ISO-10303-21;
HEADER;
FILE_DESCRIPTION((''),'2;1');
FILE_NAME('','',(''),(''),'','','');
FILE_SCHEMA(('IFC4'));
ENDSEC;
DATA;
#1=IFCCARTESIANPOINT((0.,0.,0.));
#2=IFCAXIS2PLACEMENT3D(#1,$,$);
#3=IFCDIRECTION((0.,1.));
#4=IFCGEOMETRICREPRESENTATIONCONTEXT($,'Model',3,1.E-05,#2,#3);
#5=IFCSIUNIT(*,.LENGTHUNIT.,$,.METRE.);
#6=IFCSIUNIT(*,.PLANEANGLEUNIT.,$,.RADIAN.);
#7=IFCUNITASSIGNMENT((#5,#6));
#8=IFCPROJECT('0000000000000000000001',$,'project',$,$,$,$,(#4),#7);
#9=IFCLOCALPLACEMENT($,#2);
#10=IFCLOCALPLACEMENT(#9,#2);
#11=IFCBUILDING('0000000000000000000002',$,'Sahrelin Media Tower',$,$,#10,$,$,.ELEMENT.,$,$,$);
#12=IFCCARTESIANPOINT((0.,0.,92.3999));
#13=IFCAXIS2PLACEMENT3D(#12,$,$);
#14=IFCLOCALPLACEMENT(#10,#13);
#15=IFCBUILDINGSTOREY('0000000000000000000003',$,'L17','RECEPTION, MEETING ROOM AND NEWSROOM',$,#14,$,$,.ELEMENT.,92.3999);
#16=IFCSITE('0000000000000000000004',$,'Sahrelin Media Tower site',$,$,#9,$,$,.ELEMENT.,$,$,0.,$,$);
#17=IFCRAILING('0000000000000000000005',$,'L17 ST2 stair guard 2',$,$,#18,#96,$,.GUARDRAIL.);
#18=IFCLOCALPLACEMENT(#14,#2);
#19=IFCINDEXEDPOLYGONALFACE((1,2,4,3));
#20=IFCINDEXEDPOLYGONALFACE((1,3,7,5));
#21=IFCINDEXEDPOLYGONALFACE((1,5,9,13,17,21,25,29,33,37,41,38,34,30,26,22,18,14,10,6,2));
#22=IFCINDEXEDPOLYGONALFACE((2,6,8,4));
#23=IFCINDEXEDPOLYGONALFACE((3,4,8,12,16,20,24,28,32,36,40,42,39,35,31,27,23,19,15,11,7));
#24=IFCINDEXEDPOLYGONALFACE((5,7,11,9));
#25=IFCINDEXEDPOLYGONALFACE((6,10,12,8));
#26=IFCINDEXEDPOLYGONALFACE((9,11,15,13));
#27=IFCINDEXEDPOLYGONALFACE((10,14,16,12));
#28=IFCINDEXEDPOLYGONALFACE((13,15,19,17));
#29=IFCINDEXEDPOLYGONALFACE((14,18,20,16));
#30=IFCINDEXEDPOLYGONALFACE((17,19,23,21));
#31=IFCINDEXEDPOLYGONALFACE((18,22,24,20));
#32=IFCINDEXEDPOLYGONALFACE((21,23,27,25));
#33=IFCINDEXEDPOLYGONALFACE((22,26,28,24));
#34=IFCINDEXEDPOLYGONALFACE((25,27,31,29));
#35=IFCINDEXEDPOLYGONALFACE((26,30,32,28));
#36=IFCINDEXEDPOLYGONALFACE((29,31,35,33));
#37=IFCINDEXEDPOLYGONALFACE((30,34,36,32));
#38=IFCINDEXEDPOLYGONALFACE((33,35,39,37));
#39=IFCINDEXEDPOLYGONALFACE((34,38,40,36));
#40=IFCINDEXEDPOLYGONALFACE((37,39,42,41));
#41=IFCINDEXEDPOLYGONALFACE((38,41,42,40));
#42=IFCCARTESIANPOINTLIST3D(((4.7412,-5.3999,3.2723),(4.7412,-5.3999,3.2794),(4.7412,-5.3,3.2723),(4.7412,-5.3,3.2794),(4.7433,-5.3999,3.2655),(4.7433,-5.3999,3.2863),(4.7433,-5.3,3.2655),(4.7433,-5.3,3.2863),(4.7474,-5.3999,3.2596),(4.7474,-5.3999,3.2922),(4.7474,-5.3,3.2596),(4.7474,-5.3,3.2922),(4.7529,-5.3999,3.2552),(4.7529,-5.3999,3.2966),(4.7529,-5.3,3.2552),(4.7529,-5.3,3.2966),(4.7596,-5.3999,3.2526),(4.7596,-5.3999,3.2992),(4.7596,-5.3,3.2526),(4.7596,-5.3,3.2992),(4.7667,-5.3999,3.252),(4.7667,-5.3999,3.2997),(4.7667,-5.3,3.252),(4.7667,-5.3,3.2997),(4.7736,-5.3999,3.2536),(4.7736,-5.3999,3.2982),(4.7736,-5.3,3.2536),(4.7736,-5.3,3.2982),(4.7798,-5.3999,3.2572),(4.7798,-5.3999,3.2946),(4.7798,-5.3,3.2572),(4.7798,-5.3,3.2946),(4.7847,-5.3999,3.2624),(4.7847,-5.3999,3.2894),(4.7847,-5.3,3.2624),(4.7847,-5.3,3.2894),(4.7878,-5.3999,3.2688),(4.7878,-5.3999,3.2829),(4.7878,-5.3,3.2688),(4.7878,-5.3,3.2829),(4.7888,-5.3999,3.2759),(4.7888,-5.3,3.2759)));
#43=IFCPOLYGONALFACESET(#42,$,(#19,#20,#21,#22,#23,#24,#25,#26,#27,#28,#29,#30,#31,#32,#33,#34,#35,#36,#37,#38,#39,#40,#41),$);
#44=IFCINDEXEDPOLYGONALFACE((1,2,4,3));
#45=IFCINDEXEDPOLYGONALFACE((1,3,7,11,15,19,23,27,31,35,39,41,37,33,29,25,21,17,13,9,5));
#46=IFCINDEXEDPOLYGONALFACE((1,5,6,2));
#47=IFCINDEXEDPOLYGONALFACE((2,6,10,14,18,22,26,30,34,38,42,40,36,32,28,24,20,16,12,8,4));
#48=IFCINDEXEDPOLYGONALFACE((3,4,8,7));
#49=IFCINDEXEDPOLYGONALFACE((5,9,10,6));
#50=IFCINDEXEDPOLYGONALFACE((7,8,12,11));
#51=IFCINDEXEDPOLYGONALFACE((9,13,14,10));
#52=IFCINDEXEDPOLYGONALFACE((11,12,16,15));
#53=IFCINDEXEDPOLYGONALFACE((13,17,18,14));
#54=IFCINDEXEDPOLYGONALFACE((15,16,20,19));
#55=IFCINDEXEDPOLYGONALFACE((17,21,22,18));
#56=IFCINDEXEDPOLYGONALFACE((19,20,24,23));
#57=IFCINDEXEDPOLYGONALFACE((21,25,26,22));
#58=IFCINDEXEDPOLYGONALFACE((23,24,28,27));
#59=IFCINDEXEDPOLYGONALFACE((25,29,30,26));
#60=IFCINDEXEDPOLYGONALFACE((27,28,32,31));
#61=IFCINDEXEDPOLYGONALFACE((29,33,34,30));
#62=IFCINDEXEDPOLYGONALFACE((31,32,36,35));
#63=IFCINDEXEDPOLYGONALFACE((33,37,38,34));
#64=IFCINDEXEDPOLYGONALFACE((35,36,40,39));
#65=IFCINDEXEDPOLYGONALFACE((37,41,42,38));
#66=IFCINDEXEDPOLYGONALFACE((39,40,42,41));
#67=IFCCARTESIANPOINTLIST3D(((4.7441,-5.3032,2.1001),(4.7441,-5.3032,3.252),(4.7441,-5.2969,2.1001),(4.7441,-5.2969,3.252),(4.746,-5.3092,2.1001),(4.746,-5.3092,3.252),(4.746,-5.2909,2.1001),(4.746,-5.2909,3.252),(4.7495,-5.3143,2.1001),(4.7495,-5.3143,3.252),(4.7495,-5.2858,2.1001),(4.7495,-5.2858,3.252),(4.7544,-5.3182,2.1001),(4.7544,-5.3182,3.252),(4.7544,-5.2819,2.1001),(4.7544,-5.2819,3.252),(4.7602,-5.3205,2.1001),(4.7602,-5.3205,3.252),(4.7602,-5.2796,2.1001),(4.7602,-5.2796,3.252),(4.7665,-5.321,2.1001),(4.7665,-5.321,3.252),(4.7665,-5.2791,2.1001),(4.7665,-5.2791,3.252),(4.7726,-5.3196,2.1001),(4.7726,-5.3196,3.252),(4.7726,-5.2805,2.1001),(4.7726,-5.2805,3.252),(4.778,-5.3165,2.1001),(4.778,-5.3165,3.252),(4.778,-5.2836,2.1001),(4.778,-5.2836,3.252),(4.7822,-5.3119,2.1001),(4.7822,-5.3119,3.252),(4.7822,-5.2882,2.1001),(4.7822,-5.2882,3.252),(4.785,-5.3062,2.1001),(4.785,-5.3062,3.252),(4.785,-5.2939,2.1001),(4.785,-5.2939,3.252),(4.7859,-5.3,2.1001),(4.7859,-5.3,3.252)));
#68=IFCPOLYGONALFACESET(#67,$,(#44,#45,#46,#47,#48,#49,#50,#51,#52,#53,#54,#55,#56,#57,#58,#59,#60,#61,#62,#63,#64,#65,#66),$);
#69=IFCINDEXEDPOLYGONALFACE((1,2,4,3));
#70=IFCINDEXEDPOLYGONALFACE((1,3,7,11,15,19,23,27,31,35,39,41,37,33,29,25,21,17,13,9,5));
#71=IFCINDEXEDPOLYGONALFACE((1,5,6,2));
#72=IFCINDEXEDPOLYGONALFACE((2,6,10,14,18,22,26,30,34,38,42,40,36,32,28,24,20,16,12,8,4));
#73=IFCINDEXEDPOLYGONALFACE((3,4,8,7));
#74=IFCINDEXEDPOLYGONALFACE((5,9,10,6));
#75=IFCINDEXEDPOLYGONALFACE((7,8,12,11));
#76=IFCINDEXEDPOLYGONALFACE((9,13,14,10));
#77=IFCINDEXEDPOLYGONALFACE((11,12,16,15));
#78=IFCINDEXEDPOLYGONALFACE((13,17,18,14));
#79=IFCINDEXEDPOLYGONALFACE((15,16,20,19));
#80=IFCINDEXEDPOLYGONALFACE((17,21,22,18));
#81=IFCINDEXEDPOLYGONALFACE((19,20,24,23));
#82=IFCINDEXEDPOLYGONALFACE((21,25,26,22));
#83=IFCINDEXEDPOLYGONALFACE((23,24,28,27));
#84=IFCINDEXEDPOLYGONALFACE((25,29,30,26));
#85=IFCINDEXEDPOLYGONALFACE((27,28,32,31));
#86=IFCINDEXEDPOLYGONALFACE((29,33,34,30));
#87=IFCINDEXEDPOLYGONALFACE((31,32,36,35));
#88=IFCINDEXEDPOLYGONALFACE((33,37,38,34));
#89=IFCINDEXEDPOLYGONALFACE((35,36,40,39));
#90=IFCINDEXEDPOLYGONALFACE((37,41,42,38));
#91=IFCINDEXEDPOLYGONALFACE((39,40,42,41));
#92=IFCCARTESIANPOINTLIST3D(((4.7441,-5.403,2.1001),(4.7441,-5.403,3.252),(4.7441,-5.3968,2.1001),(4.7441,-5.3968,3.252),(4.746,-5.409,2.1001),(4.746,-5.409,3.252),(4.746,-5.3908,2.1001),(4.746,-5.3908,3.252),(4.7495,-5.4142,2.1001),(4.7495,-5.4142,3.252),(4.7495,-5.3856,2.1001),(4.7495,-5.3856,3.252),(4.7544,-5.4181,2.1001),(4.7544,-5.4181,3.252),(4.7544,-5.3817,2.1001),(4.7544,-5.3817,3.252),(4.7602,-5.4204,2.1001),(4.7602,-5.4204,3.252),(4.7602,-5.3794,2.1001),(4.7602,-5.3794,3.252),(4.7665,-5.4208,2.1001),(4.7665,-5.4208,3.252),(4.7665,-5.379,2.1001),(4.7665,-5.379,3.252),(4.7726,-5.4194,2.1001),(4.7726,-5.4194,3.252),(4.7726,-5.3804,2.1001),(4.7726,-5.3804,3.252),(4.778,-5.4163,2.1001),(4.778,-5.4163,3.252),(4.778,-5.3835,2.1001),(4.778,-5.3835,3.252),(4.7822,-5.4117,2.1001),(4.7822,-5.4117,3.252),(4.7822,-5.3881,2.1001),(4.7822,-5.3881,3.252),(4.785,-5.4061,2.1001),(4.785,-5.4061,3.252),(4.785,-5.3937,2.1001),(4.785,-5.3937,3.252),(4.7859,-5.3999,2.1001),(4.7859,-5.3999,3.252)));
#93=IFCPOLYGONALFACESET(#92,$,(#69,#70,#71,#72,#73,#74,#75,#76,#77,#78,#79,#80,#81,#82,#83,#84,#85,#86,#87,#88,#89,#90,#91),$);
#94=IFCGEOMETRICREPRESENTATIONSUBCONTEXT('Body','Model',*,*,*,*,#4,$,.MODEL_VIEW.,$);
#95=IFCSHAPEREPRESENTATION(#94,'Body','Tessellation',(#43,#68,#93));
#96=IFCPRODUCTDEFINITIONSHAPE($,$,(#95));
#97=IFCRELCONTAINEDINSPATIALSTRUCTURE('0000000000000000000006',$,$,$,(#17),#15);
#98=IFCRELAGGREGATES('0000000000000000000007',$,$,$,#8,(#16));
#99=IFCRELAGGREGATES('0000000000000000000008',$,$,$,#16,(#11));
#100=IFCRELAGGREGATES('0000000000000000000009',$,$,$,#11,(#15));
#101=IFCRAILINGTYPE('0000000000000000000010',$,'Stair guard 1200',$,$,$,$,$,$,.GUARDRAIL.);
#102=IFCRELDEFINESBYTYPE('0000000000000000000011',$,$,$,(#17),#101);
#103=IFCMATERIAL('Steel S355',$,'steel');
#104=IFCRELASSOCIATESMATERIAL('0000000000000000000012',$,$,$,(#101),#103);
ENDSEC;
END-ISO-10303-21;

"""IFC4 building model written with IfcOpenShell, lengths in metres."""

from ifc_helpers import new_model, si_unit, direction, frame, origin, origin_2d, place, context, subcontext, project, spatial, circle, extrude, material, type_object, element, save


model = new_model("IFC4")

# Units and contexts
model_context = context("Model", 3, precision=1e-05, world=origin(), true_north=direction((0.0, 1.0)))
body_context = subcontext(model_context, "Body", "Model", "MODEL_VIEW")
ifc_project = project(units=[si_unit("LENGTHUNIT", "METRE"), si_unit("PLANEANGLEUNIT", "RADIAN")], contexts=[model_context])

# Site, building, storey
site_placement = place(None, origin())
site = spatial("IfcSite", under=ifc_project, at=site_placement, Name="Sahrelin Media Tower site", CompositionType="ELEMENT", RefElevation=0.0)
building_placement = place(site_placement, origin())
building = spatial("IfcBuilding", under=site, at=building_placement, Name="Sahrelin Media Tower", CompositionType="ELEMENT")
storey_placement = place(building_placement, frame((0.0, 0.0, 92.3999)))
storey = spatial("IfcBuildingStorey", under=building, at=storey_placement, Name="L17", Description="RECEPTION, MEETING ROOM AND NEWSROOM", CompositionType="ELEMENT", Elevation=92.3999)

# Railing
ifc_material_1 = material(Name="Steel S355", Category="steel")
railing_type_1 = type_object("IfcRailingType", Name="Stair guard 1200", PredefinedType="GUARDRAIL", material=ifc_material_1)
railing_1_placement = place(storey_placement, frame((4.7649, -5.3, 2.1001)))
element("IfcRailing", 1, at=railing_1_placement, inside=storey, type_object=railing_type_1, Name="L17 ST2 stair guard 2", PredefinedType="GUARDRAIL", context=body_context, shape_type="SweptSolid", body=[
    extrude(circle(Radius=0.0239, at=origin_2d()), frame((0.0, 0.0, 1.1758), z_axis=(0.0, -1.0, 0.0), x_axis=(1.0, 0.0, 0.0)), (0.0, 0.0, 1.0), 0.0999),
    extrude(circle(Radius=0.021, at=origin_2d()), origin(), (0.0, 0.0, 1.0), 1.1519),
    extrude(circle(Radius=0.021, at=origin_2d()), frame((0.0, -0.0999, 0.0)), (0.0, 0.0, 1.0), 1.1519),
])

save(model, "model.ifc")
